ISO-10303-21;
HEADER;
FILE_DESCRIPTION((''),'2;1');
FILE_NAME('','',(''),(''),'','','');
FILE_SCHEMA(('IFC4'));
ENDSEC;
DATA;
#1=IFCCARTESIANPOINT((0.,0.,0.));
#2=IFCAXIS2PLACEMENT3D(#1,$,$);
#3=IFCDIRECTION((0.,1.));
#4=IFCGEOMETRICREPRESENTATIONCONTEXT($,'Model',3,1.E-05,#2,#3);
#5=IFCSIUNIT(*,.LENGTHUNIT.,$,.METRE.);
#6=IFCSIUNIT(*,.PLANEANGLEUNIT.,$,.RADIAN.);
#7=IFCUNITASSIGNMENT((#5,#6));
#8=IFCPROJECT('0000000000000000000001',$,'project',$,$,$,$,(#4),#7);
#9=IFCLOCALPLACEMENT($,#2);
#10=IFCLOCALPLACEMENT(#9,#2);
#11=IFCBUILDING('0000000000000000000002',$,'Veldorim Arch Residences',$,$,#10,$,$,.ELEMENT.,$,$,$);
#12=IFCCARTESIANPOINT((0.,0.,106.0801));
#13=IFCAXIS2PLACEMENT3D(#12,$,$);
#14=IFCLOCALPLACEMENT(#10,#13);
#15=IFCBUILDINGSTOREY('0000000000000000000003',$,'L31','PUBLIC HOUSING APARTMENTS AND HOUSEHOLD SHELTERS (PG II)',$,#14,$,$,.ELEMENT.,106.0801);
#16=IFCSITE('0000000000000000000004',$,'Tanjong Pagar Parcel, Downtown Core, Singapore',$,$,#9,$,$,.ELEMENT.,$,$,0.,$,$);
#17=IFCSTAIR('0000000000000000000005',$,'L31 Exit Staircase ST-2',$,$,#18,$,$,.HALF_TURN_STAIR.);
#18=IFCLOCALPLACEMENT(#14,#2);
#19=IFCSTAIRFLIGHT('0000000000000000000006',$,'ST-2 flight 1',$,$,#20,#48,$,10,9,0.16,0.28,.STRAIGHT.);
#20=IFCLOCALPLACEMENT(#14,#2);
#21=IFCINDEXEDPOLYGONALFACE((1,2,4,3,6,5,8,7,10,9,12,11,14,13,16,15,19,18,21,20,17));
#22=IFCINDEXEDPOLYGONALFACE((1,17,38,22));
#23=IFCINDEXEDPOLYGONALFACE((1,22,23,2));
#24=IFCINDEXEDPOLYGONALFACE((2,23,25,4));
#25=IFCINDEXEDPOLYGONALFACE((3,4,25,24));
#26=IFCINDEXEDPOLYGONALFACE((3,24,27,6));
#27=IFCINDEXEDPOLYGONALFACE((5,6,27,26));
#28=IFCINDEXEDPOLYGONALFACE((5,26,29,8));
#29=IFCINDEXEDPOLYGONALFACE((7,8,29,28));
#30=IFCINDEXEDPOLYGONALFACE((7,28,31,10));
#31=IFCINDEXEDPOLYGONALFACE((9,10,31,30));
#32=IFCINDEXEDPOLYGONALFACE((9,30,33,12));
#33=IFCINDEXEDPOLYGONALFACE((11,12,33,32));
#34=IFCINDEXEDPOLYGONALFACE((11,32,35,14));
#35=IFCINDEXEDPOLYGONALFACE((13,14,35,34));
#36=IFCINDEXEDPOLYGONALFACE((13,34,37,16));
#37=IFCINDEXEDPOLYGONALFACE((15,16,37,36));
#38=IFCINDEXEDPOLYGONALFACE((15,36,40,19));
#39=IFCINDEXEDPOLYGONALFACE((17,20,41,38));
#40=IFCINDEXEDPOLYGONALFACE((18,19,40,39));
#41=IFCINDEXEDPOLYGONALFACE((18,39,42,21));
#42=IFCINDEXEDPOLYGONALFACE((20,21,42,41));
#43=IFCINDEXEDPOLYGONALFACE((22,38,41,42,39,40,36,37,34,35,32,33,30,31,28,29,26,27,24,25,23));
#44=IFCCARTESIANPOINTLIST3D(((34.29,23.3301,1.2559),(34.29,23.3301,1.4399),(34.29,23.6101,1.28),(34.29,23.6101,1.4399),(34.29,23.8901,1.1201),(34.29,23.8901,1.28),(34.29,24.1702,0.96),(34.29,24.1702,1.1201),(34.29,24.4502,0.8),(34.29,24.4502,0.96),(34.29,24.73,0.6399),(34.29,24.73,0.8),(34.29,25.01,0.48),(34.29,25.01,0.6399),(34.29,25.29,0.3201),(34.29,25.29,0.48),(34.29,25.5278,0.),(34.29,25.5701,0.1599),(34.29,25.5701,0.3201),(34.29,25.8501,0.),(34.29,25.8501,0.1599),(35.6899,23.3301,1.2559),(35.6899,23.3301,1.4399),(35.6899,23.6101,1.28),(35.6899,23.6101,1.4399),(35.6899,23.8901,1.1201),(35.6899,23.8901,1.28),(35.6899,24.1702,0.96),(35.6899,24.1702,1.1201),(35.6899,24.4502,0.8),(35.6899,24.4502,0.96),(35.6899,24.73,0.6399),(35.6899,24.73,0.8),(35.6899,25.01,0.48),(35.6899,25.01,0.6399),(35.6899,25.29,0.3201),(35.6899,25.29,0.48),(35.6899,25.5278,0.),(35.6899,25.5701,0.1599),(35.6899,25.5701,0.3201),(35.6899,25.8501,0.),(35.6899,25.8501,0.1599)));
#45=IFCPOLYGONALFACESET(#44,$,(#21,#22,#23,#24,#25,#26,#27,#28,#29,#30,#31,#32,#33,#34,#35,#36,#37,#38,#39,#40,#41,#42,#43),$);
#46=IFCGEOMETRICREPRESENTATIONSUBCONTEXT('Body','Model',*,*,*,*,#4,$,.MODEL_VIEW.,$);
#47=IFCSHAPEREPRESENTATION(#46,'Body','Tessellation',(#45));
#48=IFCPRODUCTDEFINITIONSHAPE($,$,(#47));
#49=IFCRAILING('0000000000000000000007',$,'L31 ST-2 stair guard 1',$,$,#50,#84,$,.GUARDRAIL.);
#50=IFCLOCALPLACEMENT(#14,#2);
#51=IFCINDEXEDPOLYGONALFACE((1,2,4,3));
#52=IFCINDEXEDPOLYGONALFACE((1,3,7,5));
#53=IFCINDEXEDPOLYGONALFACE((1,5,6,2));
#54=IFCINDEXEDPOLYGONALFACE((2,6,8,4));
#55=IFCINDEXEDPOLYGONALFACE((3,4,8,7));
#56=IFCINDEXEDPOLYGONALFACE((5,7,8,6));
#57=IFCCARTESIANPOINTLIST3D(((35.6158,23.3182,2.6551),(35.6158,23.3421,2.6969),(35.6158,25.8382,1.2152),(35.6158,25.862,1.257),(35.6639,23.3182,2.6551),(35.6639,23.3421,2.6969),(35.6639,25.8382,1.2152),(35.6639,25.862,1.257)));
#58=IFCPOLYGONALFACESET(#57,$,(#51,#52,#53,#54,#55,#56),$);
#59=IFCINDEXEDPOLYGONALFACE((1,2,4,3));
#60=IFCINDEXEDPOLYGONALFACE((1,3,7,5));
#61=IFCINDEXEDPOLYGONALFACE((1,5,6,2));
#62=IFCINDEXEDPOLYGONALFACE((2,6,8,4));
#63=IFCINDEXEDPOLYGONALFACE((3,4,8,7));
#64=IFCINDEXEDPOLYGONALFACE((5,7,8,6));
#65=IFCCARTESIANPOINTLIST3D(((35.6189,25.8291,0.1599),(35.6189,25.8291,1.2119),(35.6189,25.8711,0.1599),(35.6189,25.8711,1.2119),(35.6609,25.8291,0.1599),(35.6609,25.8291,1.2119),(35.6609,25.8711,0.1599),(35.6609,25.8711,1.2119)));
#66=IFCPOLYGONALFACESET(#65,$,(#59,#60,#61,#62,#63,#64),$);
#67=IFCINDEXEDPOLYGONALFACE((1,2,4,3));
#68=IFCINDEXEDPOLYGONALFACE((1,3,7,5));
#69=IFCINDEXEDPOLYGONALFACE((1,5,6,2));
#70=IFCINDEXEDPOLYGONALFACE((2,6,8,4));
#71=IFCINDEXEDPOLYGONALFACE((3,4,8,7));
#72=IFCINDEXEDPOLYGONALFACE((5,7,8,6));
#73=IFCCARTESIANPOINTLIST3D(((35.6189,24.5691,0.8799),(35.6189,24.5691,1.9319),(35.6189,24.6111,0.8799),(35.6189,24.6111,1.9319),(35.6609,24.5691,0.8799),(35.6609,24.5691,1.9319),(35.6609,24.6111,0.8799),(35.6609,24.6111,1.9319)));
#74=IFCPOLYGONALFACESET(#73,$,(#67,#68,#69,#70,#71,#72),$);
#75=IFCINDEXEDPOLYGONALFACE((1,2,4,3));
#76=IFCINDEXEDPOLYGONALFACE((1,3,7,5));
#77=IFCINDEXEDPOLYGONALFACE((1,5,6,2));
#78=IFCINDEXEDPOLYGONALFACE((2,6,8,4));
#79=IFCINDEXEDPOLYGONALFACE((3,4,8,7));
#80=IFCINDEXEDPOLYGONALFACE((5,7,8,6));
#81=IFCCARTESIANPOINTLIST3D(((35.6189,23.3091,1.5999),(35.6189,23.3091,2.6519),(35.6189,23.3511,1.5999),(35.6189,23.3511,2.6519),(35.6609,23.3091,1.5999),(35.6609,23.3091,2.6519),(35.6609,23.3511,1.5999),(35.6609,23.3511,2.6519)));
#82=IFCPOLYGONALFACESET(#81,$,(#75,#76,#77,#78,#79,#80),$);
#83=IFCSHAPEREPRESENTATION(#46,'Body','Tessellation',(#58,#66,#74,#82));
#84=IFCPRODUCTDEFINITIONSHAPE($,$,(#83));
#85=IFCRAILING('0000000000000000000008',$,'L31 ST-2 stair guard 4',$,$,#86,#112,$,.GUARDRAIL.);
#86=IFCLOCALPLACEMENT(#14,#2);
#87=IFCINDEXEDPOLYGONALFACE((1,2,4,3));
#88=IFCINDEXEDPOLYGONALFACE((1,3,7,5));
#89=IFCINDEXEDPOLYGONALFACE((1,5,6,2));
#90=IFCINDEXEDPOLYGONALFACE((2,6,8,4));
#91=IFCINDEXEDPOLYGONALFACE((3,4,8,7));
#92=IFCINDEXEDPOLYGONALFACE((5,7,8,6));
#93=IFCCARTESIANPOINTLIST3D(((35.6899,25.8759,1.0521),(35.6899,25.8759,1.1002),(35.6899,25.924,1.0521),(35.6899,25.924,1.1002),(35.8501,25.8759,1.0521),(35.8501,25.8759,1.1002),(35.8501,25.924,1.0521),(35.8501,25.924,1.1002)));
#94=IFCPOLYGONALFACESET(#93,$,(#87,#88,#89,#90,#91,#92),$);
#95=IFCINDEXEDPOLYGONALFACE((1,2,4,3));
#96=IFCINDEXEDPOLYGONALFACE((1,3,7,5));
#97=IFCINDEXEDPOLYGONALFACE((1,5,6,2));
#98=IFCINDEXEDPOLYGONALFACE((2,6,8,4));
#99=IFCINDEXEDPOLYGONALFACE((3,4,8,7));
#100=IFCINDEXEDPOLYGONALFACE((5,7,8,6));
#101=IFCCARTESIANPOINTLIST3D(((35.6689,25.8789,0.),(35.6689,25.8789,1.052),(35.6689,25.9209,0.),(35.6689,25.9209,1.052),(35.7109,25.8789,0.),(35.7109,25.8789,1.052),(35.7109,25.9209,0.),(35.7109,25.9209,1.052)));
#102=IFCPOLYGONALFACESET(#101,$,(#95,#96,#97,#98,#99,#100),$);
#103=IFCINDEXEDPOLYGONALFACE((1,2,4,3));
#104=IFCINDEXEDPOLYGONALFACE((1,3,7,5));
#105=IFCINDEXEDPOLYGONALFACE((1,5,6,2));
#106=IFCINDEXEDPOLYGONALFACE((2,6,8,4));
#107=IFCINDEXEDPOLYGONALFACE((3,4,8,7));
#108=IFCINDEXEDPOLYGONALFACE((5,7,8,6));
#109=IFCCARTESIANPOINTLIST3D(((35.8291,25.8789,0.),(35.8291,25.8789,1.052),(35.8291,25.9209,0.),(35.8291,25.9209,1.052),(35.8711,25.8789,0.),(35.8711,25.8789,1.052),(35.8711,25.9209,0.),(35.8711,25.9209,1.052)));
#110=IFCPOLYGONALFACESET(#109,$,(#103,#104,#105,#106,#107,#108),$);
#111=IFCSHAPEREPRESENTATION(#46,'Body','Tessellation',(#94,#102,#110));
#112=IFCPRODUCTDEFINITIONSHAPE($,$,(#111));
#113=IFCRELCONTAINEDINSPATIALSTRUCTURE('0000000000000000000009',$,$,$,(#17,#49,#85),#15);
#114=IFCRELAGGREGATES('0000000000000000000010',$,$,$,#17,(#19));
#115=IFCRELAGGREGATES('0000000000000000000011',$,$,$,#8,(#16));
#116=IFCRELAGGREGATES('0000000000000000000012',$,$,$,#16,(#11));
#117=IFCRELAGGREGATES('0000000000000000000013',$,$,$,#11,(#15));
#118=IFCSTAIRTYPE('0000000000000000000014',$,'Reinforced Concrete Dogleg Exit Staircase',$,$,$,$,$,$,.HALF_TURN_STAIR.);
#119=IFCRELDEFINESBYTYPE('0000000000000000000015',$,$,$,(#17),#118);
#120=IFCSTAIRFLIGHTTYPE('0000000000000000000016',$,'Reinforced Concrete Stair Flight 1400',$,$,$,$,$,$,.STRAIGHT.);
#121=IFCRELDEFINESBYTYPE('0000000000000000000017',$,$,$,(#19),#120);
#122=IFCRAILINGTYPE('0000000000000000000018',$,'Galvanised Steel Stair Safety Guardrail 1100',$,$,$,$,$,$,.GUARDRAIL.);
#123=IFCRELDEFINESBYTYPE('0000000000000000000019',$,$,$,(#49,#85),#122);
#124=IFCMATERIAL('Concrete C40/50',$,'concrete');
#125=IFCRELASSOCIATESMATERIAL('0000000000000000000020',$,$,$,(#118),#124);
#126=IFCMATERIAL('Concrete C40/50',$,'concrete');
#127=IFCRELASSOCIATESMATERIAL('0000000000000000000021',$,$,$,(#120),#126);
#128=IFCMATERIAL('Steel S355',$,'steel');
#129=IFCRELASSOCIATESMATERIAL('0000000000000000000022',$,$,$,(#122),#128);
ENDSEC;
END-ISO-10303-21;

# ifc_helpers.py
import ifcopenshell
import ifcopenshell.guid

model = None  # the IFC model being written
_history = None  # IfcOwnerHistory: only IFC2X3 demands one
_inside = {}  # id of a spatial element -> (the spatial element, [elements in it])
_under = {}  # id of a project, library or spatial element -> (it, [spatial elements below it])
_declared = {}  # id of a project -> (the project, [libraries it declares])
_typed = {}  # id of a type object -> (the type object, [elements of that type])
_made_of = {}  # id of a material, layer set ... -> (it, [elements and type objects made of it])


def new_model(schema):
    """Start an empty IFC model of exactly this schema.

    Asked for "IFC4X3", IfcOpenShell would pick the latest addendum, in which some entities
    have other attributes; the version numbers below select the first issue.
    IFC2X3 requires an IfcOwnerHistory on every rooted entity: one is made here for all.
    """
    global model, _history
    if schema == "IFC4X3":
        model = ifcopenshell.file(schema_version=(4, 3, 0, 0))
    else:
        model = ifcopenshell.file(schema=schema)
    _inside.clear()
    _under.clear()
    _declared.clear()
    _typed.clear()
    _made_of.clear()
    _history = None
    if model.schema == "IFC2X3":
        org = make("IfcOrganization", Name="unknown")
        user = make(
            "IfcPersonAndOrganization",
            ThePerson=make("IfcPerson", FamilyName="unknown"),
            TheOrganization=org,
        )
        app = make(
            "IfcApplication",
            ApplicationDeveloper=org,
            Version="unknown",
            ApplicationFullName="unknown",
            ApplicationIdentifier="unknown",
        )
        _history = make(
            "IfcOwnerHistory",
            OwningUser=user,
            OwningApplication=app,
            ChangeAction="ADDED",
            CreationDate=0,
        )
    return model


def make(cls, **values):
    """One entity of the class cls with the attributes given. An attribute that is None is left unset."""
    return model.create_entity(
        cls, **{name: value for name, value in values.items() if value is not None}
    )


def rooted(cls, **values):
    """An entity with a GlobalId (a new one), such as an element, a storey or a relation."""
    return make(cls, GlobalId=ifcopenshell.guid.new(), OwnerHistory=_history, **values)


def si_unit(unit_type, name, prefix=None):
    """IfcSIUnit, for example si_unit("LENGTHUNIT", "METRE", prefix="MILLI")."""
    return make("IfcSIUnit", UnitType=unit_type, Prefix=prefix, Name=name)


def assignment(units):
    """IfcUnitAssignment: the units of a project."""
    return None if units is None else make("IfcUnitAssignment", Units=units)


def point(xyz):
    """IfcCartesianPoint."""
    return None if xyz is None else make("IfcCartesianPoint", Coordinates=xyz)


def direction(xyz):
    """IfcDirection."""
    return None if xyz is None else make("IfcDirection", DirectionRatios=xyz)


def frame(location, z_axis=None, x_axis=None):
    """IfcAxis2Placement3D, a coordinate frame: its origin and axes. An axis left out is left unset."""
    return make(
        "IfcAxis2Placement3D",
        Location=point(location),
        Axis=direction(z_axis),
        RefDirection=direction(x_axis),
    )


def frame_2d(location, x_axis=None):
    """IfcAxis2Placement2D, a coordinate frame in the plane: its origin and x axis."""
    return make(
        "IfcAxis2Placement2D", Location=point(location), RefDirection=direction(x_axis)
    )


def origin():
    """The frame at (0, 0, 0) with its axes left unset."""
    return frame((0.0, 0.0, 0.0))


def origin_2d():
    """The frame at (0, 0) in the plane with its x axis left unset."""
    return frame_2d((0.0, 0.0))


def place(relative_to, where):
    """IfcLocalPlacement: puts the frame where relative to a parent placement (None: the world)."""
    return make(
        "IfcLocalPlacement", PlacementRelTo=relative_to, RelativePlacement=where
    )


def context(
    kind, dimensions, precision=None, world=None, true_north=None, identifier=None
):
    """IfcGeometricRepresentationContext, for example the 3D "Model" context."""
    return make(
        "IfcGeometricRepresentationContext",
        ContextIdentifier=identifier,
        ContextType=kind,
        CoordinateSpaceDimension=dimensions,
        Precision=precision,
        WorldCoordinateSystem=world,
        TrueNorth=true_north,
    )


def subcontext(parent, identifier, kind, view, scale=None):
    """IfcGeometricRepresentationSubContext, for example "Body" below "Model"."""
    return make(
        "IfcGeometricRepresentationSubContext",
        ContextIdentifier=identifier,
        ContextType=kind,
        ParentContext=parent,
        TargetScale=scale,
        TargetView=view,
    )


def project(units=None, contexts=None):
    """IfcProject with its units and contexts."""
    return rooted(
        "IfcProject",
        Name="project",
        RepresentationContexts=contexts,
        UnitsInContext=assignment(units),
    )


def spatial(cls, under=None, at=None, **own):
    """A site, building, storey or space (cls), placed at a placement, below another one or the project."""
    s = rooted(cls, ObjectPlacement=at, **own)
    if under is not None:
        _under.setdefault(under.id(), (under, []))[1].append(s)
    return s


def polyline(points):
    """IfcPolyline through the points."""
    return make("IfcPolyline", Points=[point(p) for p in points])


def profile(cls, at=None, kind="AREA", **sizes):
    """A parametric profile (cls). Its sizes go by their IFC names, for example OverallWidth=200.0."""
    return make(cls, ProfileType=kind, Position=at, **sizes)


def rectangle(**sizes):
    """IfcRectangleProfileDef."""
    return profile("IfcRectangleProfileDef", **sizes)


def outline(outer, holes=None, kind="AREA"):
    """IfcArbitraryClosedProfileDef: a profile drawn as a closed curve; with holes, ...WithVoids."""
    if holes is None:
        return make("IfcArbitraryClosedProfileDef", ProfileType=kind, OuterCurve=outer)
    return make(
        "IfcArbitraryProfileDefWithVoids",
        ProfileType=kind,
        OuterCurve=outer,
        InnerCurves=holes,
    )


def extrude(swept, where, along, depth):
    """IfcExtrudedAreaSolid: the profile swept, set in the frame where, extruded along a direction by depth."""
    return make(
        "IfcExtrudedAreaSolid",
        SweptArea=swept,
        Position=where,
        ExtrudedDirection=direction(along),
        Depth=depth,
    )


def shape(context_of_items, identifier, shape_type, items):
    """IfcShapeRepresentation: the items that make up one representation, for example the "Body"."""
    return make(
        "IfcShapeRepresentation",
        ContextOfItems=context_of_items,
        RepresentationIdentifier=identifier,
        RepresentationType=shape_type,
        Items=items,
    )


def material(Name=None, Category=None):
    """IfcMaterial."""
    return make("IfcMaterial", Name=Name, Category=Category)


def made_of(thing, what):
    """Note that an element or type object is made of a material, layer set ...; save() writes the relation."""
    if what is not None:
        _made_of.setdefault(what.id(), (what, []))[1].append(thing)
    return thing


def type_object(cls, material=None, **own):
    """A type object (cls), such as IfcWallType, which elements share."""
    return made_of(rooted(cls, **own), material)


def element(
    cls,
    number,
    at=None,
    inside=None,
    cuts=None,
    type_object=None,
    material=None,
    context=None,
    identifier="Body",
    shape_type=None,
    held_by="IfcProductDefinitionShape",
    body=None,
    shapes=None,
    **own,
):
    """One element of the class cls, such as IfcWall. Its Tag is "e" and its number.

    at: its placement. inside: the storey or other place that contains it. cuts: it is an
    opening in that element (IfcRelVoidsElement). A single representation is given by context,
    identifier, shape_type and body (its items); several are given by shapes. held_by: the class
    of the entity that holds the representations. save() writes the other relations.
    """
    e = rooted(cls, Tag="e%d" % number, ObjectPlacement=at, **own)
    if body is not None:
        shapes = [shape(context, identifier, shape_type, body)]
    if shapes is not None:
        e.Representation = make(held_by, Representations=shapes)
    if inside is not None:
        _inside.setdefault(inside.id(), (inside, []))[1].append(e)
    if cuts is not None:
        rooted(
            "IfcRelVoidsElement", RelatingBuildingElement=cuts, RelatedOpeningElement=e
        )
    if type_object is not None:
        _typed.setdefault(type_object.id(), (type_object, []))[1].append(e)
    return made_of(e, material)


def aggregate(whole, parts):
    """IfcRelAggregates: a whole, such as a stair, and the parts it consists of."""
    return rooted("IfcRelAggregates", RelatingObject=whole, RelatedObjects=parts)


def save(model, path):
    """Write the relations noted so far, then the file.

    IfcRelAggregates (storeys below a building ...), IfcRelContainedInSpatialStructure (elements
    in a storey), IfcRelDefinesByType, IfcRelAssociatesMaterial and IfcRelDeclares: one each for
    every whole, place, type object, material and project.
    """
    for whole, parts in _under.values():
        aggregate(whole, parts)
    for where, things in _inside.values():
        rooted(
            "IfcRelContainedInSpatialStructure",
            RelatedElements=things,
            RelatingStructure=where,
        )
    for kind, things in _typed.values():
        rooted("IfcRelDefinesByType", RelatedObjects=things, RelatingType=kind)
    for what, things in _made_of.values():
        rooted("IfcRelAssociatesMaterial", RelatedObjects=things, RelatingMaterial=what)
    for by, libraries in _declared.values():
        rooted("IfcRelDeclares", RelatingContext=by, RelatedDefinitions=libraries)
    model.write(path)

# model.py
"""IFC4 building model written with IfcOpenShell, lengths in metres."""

from ifc_helpers import new_model, si_unit, direction, frame, origin, origin_2d, place, context, subcontext, project, spatial, polyline, rectangle, outline, extrude, material, type_object, element, aggregate, save


model = new_model("IFC4")

# Units and contexts
model_context = context("Model", 3, precision=1e-05, world=origin(), true_north=direction((0.0, 1.0)))
body_context = subcontext(model_context, "Body", "Model", "MODEL_VIEW")
ifc_project = project(units=[si_unit("LENGTHUNIT", "METRE"), si_unit("PLANEANGLEUNIT", "RADIAN")], contexts=[model_context])

# Site, building, storey
site_placement = place(None, origin())
site = spatial("IfcSite", under=ifc_project, at=site_placement, Name="Tanjong Pagar Parcel, Downtown Core, Singapore", CompositionType="ELEMENT", RefElevation=0.0)
building_placement = place(site_placement, origin())
building = spatial("IfcBuilding", under=site, at=building_placement, Name="Veldorim Arch Residences", CompositionType="ELEMENT")
storey_placement = place(building_placement, frame((0.0, 0.0, 106.0801)))
storey = spatial("IfcBuildingStorey", under=building, at=storey_placement, Name="L31", Description="PUBLIC HOUSING APARTMENTS AND HOUSEHOLD SHELTERS (PG II)", CompositionType="ELEMENT", Elevation=106.0801)

# Stair, stair flight
ifc_material_1 = material(Name="Concrete C40/50", Category="concrete")
stair_type = type_object("IfcStairType", Name="Reinforced Concrete Dogleg Exit Staircase", PredefinedType="HALF_TURN_STAIR", material=ifc_material_1)
stair_placement = place(storey_placement, origin())
stair = element("IfcStair", 1, at=stair_placement, inside=storey, type_object=stair_type, Name="L31 Exit Staircase ST-2", PredefinedType="HALF_TURN_STAIR")
ifc_material_2 = material(Name="Concrete C40/50", Category="concrete")
stair_flight_type = type_object("IfcStairFlightType", Name="Reinforced Concrete Stair Flight 1400", PredefinedType="STRAIGHT", material=ifc_material_2)
stair_flight_placement = place(storey_placement, frame((34.99, 25.8501, 0.0), z_axis=(0.0, 0.0, 1.0), x_axis=(0.0, -1.0, 0.0)))
stair_flight = element("IfcStairFlight", 2, at=stair_flight_placement, type_object=stair_flight_type, Name="ST-2 flight 1", NumberOfRisers=10, NumberOfTreads=9, PredefinedType="STRAIGHT", RiserHeight=0.16, TreadLength=0.28, context=body_context, shape_type="SweptSolid", body=[
    extrude(outline(polyline([(0.0, 0.0), (0.0, 0.1599), (0.28, 0.1599), (0.28, 0.3201), (0.5601, 0.3201), (0.5601, 0.48), (0.8401, 0.48), (0.8401, 0.6399), (1.1201, 0.6399), (1.1201, 0.8), (1.3999, 0.8), (1.3999, 0.96), (1.6799, 0.96), (1.6799, 1.1201), (1.96, 1.1201), (1.96, 1.28), (2.24, 1.28), (2.24, 1.4399), (2.52, 1.4399), (2.52, 1.6001), (2.52, 1.2559), (0.3223, 0.0), (0.0, 0.0)])), frame((0.0, 0.7, 0.0), z_axis=(0.0, -1.0, 0.0), x_axis=(1.0, 0.0, 0.0)), (0.0, 0.0, 1.0), 1.3999),
])
aggregate(stair, [stair_flight])

# Railings
ifc_material_3 = material(Name="Steel S355", Category="steel")
railing_type = type_object("IfcRailingType", Name="Galvanised Steel Stair Safety Guardrail 1100", PredefinedType="GUARDRAIL", material=ifc_material_3)
railing_1_placement = place(storey_placement, frame((35.6399, 25.8501, 0.1599)))
element("IfcRailing", 3, at=railing_1_placement, inside=storey, type_object=railing_type, Name="L31 ST-2 stair guard 1", PredefinedType="GUARDRAIL", context=body_context, shape_type="SweptSolid", body=[
    extrude(rectangle(XDim=0.0481, YDim=0.0481, at=origin_2d()), frame((0.0, 0.0, 1.0762), z_axis=(0.0, -0.868253, 0.496121), x_axis=(1.0, 0.0, 0.0)), (0.0, 0.0, 1.0), 2.9023),
    extrude(rectangle(XDim=0.042, YDim=0.042, at=origin_2d()), origin(), (0.0, 0.0, 1.0), 1.052),
    extrude(rectangle(XDim=0.042, YDim=0.042, at=origin_2d()), frame((0.0, -1.26, 0.72)), (0.0, 0.0, 1.0), 1.052),
    extrude(rectangle(XDim=0.042, YDim=0.042, at=origin_2d()), frame((0.0, -2.52, 1.4399)), (0.0, 0.0, 1.0), 1.052),
])
railing_2_placement = place(storey_placement, frame((35.6899, 25.8999, 0.0)))
element("IfcRailing", 4, at=railing_2_placement, inside=storey, type_object=railing_type, Name="L31 ST-2 stair guard 4", PredefinedType="GUARDRAIL", context=body_context, shape_type="SweptSolid", body=[
    extrude(rectangle(XDim=0.0481, YDim=0.0481, at=origin_2d()), frame((0.0, 0.0, 1.0762), z_axis=(1.0, 0.0, 0.0), x_axis=(0.0, 1.0, 0.0)), (0.0, 0.0, 1.0), 0.1602),
    extrude(rectangle(XDim=0.042, YDim=0.042, at=origin_2d()), origin(), (0.0, 0.0, 1.0), 1.052),
    extrude(rectangle(XDim=0.042, YDim=0.042, at=origin_2d()), frame((0.1602, 0.0, 0.0)), (0.0, 0.0, 1.0), 1.052),
])

save(model, "model.ifc")
